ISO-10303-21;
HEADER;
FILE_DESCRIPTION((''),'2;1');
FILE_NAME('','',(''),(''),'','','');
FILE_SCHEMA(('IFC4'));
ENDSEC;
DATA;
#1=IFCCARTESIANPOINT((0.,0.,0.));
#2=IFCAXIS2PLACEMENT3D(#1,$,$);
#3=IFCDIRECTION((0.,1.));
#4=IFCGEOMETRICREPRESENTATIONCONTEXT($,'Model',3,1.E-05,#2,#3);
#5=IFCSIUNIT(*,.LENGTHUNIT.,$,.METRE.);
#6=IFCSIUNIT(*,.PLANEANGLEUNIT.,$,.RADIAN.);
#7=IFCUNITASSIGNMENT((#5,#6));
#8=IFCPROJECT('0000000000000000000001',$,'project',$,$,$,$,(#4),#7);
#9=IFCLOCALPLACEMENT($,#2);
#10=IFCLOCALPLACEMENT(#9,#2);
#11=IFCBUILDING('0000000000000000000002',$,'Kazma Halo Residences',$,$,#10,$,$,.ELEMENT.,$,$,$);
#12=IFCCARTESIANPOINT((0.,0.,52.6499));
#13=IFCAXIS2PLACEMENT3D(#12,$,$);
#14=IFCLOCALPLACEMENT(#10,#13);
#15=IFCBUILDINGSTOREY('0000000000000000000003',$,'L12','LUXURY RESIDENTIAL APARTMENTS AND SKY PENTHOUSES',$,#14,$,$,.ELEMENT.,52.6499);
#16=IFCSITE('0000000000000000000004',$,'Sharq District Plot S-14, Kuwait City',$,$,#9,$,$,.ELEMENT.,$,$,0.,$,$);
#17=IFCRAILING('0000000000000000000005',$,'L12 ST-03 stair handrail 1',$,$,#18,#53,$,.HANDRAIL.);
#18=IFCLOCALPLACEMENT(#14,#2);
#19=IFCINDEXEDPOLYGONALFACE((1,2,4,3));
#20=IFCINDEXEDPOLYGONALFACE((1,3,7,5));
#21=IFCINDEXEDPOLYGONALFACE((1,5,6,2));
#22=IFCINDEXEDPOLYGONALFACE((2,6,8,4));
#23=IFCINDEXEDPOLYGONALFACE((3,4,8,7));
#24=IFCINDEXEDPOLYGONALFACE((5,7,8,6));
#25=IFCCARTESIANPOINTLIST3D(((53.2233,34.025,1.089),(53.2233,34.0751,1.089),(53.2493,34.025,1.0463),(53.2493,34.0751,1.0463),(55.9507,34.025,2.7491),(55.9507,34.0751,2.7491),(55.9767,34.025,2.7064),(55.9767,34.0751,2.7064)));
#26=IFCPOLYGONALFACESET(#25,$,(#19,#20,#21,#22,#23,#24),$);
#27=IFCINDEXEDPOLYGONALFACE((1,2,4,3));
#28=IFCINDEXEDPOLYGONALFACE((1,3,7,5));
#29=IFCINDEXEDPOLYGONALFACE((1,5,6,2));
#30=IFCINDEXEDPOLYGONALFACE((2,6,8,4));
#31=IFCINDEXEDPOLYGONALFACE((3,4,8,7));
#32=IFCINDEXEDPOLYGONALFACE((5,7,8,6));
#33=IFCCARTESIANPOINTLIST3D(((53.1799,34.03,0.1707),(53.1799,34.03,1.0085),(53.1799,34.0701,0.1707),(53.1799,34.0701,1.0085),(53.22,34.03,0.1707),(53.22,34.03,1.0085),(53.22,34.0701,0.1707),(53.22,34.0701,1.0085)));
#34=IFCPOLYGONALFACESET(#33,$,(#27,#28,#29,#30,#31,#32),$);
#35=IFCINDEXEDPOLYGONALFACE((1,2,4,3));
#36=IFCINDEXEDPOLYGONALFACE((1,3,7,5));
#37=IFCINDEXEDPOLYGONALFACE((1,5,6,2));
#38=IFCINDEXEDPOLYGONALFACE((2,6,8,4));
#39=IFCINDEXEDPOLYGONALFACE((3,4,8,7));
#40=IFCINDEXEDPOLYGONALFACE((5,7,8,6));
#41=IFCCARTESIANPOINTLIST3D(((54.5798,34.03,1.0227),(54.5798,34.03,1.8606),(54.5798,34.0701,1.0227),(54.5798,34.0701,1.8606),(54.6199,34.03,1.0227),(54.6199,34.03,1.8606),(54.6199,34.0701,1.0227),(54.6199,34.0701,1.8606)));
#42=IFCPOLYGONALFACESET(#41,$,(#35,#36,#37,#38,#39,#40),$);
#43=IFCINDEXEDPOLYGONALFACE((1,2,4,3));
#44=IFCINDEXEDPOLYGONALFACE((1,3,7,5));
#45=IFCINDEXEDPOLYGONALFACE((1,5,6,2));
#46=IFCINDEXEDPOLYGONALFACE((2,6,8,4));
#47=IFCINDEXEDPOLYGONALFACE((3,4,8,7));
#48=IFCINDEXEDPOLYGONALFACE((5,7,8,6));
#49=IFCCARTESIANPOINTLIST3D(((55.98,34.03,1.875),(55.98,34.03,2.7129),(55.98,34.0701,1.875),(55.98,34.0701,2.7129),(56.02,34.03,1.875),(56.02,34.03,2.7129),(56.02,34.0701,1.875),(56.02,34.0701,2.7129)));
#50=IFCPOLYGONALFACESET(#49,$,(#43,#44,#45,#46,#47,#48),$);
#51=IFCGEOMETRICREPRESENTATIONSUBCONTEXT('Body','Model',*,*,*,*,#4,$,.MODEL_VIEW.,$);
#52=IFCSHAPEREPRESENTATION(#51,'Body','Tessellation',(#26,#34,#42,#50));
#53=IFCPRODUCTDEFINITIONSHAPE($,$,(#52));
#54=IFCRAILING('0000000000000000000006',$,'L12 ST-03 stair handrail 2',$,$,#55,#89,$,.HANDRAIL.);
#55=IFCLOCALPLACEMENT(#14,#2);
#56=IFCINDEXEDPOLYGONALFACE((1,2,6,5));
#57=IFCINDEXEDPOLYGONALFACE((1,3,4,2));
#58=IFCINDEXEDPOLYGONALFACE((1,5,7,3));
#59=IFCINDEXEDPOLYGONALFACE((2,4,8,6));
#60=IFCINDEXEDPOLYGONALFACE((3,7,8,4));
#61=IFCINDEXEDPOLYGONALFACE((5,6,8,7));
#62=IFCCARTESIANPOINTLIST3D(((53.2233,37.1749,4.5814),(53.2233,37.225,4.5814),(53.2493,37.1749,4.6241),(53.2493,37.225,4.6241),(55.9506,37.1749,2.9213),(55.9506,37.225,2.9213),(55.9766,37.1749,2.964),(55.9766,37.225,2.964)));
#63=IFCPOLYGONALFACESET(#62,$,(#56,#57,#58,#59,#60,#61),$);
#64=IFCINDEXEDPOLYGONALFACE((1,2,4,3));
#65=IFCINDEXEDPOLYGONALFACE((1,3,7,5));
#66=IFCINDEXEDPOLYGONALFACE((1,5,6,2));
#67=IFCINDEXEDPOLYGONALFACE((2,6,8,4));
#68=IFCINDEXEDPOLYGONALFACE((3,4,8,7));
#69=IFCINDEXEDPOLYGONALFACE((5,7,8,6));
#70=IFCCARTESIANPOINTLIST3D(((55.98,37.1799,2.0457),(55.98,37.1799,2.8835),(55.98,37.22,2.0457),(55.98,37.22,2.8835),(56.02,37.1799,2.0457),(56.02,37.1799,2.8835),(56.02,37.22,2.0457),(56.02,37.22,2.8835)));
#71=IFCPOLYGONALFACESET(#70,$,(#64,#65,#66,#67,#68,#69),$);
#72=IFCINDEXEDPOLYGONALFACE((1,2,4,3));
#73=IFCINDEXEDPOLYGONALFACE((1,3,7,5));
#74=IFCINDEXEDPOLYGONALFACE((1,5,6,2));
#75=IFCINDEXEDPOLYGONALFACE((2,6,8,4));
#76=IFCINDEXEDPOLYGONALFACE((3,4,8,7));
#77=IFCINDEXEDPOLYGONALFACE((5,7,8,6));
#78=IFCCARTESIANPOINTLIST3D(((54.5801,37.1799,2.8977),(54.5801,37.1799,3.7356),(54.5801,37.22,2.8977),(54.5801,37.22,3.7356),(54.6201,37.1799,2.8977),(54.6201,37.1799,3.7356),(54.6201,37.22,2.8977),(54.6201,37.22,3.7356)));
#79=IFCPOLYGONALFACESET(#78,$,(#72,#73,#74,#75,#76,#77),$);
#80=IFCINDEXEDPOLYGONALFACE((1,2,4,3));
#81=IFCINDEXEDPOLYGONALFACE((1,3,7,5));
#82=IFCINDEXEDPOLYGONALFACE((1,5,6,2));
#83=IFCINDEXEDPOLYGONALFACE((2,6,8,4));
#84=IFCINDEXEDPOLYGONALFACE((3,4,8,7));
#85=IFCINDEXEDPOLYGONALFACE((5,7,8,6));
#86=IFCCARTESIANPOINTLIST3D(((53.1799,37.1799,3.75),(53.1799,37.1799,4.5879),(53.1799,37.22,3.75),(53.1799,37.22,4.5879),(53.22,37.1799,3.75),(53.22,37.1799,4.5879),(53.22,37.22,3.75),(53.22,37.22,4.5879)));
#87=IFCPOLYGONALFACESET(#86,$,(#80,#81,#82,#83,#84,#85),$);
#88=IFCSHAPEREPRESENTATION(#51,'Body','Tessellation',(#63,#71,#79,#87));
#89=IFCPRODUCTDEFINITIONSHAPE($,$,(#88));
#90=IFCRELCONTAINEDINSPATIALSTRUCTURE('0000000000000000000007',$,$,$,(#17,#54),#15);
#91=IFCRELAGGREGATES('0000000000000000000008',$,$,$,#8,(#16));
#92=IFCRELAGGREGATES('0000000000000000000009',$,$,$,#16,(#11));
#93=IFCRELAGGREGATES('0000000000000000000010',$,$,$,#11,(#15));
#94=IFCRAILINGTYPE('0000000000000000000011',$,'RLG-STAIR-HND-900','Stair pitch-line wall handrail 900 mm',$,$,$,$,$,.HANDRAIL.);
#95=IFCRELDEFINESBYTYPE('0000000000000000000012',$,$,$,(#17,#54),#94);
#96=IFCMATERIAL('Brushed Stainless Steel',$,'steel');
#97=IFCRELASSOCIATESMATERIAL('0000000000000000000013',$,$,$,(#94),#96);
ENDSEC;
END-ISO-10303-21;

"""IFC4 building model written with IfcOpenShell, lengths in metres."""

from ifc_helpers import new_model, si_unit, direction, frame, origin, origin_2d, place, context, subcontext, project, spatial, rectangle, extrude, material, type_object, element, save


model = new_model("IFC4")

# Units and contexts
model_context = context("Model", 3, precision=1e-05, world=origin(), true_north=direction((0.0, 1.0)))
body_context = subcontext(model_context, "Body", "Model", "MODEL_VIEW")
ifc_project = project(units=[si_unit("LENGTHUNIT", "METRE"), si_unit("PLANEANGLEUNIT", "RADIAN")], contexts=[model_context])

# Site, building, storey
site_placement = place(None, origin())
site = spatial("IfcSite", under=ifc_project, at=site_placement, Name="Sharq District Plot S-14, Kuwait City", CompositionType="ELEMENT", RefElevation=0.0)
building_placement = place(site_placement, origin())
building = spatial("IfcBuilding", under=site, at=building_placement, Name="Kazma Halo Residences", CompositionType="ELEMENT")
storey_placement = place(building_placement, frame((0.0, 0.0, 52.6499)))
storey = spatial("IfcBuildingStorey", under=building, at=storey_placement, Name="L12", Description="LUXURY RESIDENTIAL APARTMENTS AND SKY PENTHOUSES", CompositionType="ELEMENT", Elevation=52.6499)

# Railings
ifc_material_1 = material(Name="Brushed Stainless Steel", Category="steel")
railing_type_1 = type_object("IfcRailingType", Name="RLG-STAIR-HND-900", Description="Stair pitch-line wall handrail 900 mm", PredefinedType="HANDRAIL", material=ifc_material_1)
railing_1_placement = place(storey_placement, frame((53.2, 34.05, 0.1707)))
element("IfcRailing", 1, at=railing_1_placement, inside=storey, type_object=railing_type_1, Name="L12 ST-03 stair handrail 1", PredefinedType="HANDRAIL", context=body_context, shape_type="SweptSolid", body=[
    extrude(rectangle(XDim=0.05, YDim=0.05, at=origin_2d()), frame((0.0364, 0.0, 0.897), z_axis=(0.854203, 0.0, 0.51994), x_axis=(0.0, 1.0, 0.0)), (0.0, 0.0, 1.0), 3.1929),
    extrude(rectangle(XDim=0.04, YDim=0.04, at=origin_2d()), origin(), (0.0, 0.0, 1.0), 0.8379),
    extrude(rectangle(XDim=0.04, YDim=0.04, at=origin_2d()), frame((1.3999, 0.0, 0.8521)), (0.0, 0.0, 1.0), 0.8379),
    extrude(rectangle(XDim=0.04, YDim=0.04, at=origin_2d()), frame((2.8, 0.0, 1.7043)), (0.0, 0.0, 1.0), 0.8379),
])
railing_2_placement = place(storey_placement, frame((56.0, 37.2, 2.0457)))
element("IfcRailing", 2, at=railing_2_placement, inside=storey, type_object=railing_type_1, Name="L12 ST-03 stair handrail 2", PredefinedType="HANDRAIL", context=body_context, shape_type="SweptSolid", body=[
    extrude(rectangle(XDim=0.05, YDim=0.05, at=origin_2d()), frame((-0.0364, 0.0, 0.897), z_axis=(-0.854203, 0.0, 0.51994), x_axis=(0.0, -1.0, 0.0)), (0.0, 0.0, 1.0), 3.1929),
    extrude(rectangle(XDim=0.04, YDim=0.04, at=origin_2d()), origin(), (0.0, 0.0, 1.0), 0.8379),
    extrude(rectangle(XDim=0.04, YDim=0.04, at=origin_2d()), frame((-1.3999, 0.0, 0.8521)), (0.0, 0.0, 1.0), 0.8379),
    extrude(rectangle(XDim=0.04, YDim=0.04, at=origin_2d()), frame((-2.8, 0.0, 1.7043)), (0.0, 0.0, 1.0), 0.8379),
])

save(model, "model.ifc")
